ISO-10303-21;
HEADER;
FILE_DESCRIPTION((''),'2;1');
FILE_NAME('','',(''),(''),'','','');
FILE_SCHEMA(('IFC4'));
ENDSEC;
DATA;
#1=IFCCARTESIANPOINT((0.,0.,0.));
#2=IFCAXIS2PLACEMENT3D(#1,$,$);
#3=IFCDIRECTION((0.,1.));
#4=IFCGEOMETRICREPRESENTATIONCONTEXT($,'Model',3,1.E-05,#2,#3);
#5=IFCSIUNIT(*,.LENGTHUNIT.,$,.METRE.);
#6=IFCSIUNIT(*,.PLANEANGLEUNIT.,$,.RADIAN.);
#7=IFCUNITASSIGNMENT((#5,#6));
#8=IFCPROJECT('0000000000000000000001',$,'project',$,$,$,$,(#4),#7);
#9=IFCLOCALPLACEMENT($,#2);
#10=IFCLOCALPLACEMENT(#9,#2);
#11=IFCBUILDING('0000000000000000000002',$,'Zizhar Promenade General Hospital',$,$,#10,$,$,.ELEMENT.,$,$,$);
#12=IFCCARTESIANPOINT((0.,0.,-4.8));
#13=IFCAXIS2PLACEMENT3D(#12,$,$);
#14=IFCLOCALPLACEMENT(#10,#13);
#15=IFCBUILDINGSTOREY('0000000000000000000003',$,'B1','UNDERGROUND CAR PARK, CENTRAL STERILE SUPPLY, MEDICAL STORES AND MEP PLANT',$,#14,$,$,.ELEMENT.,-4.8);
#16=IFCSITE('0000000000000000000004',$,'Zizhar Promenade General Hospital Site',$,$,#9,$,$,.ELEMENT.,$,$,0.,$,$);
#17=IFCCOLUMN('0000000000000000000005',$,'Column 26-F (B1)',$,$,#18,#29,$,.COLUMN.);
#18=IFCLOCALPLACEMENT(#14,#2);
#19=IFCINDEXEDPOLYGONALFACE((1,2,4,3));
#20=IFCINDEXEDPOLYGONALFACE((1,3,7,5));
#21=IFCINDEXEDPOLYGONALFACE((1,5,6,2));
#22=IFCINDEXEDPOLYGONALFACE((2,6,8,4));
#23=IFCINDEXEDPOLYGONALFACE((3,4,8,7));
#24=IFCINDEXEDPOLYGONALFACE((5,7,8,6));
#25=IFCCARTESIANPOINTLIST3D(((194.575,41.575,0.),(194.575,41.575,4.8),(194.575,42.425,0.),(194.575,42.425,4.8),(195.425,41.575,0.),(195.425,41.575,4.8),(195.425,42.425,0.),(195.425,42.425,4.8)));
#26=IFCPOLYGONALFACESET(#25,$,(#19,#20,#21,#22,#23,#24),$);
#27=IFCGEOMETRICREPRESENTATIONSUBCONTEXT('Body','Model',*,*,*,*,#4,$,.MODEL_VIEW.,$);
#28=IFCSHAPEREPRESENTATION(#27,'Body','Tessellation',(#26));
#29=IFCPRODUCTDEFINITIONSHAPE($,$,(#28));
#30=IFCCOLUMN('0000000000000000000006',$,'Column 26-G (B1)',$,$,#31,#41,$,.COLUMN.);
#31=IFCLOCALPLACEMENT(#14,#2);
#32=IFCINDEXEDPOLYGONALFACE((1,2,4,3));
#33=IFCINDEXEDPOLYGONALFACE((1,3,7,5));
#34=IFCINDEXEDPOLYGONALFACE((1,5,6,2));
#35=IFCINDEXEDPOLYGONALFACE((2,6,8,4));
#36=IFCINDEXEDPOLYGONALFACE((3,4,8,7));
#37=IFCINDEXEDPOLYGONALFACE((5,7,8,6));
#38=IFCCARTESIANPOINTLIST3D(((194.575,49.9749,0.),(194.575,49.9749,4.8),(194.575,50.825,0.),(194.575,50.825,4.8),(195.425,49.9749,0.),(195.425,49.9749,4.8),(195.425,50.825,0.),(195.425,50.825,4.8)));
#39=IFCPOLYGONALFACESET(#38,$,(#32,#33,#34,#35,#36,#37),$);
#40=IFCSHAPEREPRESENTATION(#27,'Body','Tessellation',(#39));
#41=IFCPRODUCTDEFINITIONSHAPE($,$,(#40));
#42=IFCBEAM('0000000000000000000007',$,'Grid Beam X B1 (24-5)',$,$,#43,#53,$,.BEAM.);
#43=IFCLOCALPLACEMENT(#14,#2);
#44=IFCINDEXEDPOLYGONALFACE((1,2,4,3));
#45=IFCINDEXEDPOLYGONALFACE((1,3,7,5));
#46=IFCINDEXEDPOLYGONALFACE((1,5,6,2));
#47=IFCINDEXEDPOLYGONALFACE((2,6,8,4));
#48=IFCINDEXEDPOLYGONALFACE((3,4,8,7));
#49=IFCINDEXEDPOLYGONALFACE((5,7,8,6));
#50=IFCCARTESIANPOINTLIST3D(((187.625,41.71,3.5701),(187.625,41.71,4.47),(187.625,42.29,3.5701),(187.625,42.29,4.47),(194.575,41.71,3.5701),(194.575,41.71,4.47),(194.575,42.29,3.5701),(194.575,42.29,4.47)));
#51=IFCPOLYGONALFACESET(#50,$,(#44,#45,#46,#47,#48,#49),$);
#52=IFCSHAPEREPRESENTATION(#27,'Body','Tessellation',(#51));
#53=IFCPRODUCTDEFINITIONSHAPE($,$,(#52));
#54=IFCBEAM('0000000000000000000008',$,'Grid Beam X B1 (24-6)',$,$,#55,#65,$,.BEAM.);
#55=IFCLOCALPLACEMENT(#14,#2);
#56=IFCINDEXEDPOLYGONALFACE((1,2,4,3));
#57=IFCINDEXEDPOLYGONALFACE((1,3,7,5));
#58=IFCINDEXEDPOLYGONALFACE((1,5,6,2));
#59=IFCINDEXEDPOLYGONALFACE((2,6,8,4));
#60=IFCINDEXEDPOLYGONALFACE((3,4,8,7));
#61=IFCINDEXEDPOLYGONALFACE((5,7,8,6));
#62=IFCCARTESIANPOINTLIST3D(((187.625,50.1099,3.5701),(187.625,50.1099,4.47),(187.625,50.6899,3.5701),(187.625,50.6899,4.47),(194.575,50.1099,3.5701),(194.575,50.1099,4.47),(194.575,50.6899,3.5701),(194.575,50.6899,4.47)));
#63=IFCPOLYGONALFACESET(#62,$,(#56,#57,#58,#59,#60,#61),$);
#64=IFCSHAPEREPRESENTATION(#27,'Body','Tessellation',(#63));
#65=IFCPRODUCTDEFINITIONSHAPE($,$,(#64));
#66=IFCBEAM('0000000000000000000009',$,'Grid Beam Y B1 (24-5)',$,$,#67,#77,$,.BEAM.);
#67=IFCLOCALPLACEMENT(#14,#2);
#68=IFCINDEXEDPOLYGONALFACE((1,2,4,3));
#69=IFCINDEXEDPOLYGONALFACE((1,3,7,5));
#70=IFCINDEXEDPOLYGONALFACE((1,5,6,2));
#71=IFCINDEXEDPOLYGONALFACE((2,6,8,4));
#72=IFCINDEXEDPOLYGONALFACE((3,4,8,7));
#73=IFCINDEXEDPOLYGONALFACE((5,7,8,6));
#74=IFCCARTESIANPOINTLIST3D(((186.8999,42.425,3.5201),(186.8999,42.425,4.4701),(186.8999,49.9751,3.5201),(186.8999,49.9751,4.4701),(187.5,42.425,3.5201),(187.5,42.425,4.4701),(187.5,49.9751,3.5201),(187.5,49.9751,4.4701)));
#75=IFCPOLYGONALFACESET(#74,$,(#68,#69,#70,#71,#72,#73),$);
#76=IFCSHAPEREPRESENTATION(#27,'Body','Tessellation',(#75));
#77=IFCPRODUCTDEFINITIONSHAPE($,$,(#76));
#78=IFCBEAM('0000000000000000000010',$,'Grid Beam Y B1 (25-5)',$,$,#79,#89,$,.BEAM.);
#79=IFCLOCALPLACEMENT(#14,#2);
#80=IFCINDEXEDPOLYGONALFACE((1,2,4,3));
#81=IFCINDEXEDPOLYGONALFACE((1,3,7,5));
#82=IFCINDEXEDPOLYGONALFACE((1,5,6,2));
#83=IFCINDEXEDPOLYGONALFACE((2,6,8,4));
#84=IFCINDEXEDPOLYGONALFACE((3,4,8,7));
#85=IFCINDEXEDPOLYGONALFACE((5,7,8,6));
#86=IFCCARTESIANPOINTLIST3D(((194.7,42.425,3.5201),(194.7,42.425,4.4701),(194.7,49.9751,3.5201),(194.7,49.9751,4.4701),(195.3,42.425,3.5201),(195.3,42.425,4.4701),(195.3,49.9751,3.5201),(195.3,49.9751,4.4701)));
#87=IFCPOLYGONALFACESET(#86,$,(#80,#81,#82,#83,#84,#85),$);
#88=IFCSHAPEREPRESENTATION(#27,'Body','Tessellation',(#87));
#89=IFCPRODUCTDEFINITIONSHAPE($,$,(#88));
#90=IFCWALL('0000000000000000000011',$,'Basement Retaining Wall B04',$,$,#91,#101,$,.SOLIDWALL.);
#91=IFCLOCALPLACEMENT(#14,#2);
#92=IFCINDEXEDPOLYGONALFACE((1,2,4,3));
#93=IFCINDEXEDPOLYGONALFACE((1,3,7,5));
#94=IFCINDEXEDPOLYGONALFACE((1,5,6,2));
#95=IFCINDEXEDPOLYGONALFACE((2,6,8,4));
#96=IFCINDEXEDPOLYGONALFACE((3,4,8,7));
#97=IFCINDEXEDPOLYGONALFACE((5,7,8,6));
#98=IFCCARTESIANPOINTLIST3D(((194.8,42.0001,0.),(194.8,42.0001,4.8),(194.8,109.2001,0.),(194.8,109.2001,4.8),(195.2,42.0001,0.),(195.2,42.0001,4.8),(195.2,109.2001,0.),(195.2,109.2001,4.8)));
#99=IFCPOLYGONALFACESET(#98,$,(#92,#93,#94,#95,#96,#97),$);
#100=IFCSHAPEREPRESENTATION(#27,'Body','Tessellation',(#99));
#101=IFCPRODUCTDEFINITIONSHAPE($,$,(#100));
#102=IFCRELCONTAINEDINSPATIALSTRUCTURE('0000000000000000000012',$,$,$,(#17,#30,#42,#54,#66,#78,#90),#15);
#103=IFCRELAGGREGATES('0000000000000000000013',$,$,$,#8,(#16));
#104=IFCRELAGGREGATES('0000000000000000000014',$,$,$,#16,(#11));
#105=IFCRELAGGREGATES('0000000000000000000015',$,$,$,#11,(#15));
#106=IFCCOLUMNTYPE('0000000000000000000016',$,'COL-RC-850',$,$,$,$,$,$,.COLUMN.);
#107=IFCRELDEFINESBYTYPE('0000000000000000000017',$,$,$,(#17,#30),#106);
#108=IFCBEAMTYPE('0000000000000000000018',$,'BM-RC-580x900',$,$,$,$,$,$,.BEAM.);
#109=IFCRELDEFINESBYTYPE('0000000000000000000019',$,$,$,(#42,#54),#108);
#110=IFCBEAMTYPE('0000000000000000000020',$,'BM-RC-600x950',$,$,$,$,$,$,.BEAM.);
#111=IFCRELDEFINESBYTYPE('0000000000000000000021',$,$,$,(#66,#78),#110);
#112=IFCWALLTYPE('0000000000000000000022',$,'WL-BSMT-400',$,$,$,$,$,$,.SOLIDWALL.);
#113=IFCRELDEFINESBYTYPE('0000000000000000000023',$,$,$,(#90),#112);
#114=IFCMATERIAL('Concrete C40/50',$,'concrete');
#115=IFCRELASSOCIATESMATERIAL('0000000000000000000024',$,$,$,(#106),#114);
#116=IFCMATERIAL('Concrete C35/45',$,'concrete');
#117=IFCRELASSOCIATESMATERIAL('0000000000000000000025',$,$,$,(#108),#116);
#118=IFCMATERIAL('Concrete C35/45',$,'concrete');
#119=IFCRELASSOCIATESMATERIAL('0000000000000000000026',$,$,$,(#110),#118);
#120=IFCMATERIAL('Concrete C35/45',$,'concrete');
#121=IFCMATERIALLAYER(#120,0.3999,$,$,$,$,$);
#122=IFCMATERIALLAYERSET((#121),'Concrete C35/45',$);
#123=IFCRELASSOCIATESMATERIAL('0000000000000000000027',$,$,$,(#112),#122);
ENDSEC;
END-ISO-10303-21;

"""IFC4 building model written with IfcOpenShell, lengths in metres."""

from ifc_helpers import new_model, si_unit, direction, frame, frame_2d, origin, origin_2d, place, context, subcontext, project, spatial, rectangle, extrude, material, layer, layer_set, material_profile, profile_set, type_object, element, save


model = new_model("IFC4")

# Units and contexts
model_context = context("Model", 3, precision=1e-05, world=origin(), true_north=direction((0.0, 1.0)))
body_context = subcontext(model_context, "Body", "Model", "MODEL_VIEW")
ifc_project = project(units=[si_unit("LENGTHUNIT", "METRE"), si_unit("PLANEANGLEUNIT", "RADIAN")], contexts=[model_context])

# Site, building, storey
site_placement = place(None, origin())
site = spatial("IfcSite", under=ifc_project, at=site_placement, Name="Zizhar Promenade General Hospital Site", CompositionType="ELEMENT", RefElevation=0.0)
building_placement = place(site_placement, origin())
building = spatial("IfcBuilding", under=site, at=building_placement, Name="Zizhar Promenade General Hospital", CompositionType="ELEMENT")
storey_placement = place(building_placement, frame((0.0, 0.0, -4.8)))
storey = spatial("IfcBuildingStorey", under=building, at=storey_placement, Name="B1", Description="UNDERGROUND CAR PARK, CENTRAL STERILE SUPPLY, MEDICAL STORES AND MEP PLANT", CompositionType="ELEMENT", Elevation=-4.8)

# Columns
ifc_material_1 = material(Name="Concrete C40/50", Category="concrete")
ifc_material_profile_1 = material_profile(ifc_material_1, rectangle(XDim=0.8501, YDim=0.8501, at=origin_2d()))
ifc_profile_set_1 = profile_set([ifc_material_profile_1], Name="Concrete C40/50")
column_type = type_object("IfcColumnType", Name="COL-RC-850", PredefinedType="COLUMN", material=ifc_profile_set_1)
for number, where, z_axis, x_axis, name in (
    (1, (195.0, 42.0, 0.0), (0.0, 0.0, 1.0), (1.0, 0.0, 0.0), "Column 26-F (B1)"),
    (2, (195.0, 50.3999, 0.0), (0.0, 0.0, 1.0), (1.0, 0.0, 0.0), "Column 26-G (B1)"),
):
    element("IfcColumn", number, at=place(storey_placement, frame(where, z_axis=z_axis, x_axis=x_axis)), inside=storey, type_object=column_type, Name=name, PredefinedType="COLUMN", context=body_context, shape_type="SweptSolid", body=[
        extrude(rectangle(XDim=0.8501, YDim=0.8501, at=origin_2d()), origin(), (0.0, 0.0, 1.0), 4.8),
    ])

# Beams
ifc_material_2 = material(Name="Concrete C35/45", Category="concrete")
ifc_material_profile_2 = material_profile(ifc_material_2, rectangle(XDim=0.5801, YDim=0.8999, at=origin_2d()))
ifc_profile_set_2 = profile_set([ifc_material_profile_2], Name="Concrete C35/45")
beam_type_1 = type_object("IfcBeamType", Name="BM-RC-580x900", PredefinedType="BEAM", material=ifc_profile_set_2)
for number, where, z_axis, x_axis, name in (
    (3, (187.625, 42.0, 4.02), (1.0, 0.0, 0.0), (0.0, 1.0, 0.0), "Grid Beam X B1 (24-5)"),
    (4, (187.625, 50.3999, 4.02), (1.0, 0.0, 0.0), (0.0, 1.0, 0.0), "Grid Beam X B1 (24-6)"),
):
    element("IfcBeam", number, at=place(storey_placement, frame(where, z_axis=z_axis, x_axis=x_axis)), inside=storey, type_object=beam_type_1, Name=name, PredefinedType="BEAM", context=body_context, shape_type="SweptSolid", body=[
        extrude(rectangle(XDim=0.5801, YDim=0.8999, at=origin_2d()), origin(), (0.0, 0.0, 1.0), 6.95),
    ])
ifc_material_3 = material(Name="Concrete C35/45", Category="concrete")
ifc_material_profile_3 = material_profile(ifc_material_3, rectangle(XDim=0.6001, YDim=0.95, at=origin_2d()))
ifc_profile_set_3 = profile_set([ifc_material_profile_3], Name="Concrete C35/45")
beam_type_2 = type_object("IfcBeamType", Name="BM-RC-600x950", PredefinedType="BEAM", material=ifc_profile_set_3)
for number, where, z_axis, x_axis, name in (
    (5, (187.2, 42.425, 3.9951), (0.0, 1.0, 0.0), (-1.0, 0.0, 0.0), "Grid Beam Y B1 (24-5)"),
    (6, (195.0, 42.425, 3.9951), (0.0, 1.0, 0.0), (-1.0, 0.0, 0.0), "Grid Beam Y B1 (25-5)"),
):
    element("IfcBeam", number, at=place(storey_placement, frame(where, z_axis=z_axis, x_axis=x_axis)), inside=storey, type_object=beam_type_2, Name=name, PredefinedType="BEAM", context=body_context, shape_type="SweptSolid", body=[
        extrude(rectangle(XDim=0.6001, YDim=0.95, at=origin_2d()), origin(), (0.0, 0.0, 1.0), 7.55),
    ])

# Wall
ifc_material_4 = material(Name="Concrete C35/45", Category="concrete")
ifc_layer = layer(ifc_material_4, 0.3999)
ifc_layer_set = layer_set([ifc_layer], Name="Concrete C35/45")
wall_type = type_object("IfcWallType", Name="WL-BSMT-400", PredefinedType="SOLIDWALL", material=ifc_layer_set)
wall_placement = place(storey_placement, frame((195.0, 42.0, 0.0), z_axis=(0.0, 0.0, 1.0), x_axis=(0.0, 1.0, 0.0)))
element("IfcWall", 7, at=wall_placement, inside=storey, type_object=wall_type, Name="Basement Retaining Wall B04", PredefinedType="SOLIDWALL", context=body_context, shape_type="SweptSolid", body=[
    extrude(rectangle(XDim=67.2, YDim=0.3999, at=frame_2d((33.6001, 0.0))), origin(), (0.0, 0.0, 1.0), 4.8),
])

save(model, "model.ifc")
